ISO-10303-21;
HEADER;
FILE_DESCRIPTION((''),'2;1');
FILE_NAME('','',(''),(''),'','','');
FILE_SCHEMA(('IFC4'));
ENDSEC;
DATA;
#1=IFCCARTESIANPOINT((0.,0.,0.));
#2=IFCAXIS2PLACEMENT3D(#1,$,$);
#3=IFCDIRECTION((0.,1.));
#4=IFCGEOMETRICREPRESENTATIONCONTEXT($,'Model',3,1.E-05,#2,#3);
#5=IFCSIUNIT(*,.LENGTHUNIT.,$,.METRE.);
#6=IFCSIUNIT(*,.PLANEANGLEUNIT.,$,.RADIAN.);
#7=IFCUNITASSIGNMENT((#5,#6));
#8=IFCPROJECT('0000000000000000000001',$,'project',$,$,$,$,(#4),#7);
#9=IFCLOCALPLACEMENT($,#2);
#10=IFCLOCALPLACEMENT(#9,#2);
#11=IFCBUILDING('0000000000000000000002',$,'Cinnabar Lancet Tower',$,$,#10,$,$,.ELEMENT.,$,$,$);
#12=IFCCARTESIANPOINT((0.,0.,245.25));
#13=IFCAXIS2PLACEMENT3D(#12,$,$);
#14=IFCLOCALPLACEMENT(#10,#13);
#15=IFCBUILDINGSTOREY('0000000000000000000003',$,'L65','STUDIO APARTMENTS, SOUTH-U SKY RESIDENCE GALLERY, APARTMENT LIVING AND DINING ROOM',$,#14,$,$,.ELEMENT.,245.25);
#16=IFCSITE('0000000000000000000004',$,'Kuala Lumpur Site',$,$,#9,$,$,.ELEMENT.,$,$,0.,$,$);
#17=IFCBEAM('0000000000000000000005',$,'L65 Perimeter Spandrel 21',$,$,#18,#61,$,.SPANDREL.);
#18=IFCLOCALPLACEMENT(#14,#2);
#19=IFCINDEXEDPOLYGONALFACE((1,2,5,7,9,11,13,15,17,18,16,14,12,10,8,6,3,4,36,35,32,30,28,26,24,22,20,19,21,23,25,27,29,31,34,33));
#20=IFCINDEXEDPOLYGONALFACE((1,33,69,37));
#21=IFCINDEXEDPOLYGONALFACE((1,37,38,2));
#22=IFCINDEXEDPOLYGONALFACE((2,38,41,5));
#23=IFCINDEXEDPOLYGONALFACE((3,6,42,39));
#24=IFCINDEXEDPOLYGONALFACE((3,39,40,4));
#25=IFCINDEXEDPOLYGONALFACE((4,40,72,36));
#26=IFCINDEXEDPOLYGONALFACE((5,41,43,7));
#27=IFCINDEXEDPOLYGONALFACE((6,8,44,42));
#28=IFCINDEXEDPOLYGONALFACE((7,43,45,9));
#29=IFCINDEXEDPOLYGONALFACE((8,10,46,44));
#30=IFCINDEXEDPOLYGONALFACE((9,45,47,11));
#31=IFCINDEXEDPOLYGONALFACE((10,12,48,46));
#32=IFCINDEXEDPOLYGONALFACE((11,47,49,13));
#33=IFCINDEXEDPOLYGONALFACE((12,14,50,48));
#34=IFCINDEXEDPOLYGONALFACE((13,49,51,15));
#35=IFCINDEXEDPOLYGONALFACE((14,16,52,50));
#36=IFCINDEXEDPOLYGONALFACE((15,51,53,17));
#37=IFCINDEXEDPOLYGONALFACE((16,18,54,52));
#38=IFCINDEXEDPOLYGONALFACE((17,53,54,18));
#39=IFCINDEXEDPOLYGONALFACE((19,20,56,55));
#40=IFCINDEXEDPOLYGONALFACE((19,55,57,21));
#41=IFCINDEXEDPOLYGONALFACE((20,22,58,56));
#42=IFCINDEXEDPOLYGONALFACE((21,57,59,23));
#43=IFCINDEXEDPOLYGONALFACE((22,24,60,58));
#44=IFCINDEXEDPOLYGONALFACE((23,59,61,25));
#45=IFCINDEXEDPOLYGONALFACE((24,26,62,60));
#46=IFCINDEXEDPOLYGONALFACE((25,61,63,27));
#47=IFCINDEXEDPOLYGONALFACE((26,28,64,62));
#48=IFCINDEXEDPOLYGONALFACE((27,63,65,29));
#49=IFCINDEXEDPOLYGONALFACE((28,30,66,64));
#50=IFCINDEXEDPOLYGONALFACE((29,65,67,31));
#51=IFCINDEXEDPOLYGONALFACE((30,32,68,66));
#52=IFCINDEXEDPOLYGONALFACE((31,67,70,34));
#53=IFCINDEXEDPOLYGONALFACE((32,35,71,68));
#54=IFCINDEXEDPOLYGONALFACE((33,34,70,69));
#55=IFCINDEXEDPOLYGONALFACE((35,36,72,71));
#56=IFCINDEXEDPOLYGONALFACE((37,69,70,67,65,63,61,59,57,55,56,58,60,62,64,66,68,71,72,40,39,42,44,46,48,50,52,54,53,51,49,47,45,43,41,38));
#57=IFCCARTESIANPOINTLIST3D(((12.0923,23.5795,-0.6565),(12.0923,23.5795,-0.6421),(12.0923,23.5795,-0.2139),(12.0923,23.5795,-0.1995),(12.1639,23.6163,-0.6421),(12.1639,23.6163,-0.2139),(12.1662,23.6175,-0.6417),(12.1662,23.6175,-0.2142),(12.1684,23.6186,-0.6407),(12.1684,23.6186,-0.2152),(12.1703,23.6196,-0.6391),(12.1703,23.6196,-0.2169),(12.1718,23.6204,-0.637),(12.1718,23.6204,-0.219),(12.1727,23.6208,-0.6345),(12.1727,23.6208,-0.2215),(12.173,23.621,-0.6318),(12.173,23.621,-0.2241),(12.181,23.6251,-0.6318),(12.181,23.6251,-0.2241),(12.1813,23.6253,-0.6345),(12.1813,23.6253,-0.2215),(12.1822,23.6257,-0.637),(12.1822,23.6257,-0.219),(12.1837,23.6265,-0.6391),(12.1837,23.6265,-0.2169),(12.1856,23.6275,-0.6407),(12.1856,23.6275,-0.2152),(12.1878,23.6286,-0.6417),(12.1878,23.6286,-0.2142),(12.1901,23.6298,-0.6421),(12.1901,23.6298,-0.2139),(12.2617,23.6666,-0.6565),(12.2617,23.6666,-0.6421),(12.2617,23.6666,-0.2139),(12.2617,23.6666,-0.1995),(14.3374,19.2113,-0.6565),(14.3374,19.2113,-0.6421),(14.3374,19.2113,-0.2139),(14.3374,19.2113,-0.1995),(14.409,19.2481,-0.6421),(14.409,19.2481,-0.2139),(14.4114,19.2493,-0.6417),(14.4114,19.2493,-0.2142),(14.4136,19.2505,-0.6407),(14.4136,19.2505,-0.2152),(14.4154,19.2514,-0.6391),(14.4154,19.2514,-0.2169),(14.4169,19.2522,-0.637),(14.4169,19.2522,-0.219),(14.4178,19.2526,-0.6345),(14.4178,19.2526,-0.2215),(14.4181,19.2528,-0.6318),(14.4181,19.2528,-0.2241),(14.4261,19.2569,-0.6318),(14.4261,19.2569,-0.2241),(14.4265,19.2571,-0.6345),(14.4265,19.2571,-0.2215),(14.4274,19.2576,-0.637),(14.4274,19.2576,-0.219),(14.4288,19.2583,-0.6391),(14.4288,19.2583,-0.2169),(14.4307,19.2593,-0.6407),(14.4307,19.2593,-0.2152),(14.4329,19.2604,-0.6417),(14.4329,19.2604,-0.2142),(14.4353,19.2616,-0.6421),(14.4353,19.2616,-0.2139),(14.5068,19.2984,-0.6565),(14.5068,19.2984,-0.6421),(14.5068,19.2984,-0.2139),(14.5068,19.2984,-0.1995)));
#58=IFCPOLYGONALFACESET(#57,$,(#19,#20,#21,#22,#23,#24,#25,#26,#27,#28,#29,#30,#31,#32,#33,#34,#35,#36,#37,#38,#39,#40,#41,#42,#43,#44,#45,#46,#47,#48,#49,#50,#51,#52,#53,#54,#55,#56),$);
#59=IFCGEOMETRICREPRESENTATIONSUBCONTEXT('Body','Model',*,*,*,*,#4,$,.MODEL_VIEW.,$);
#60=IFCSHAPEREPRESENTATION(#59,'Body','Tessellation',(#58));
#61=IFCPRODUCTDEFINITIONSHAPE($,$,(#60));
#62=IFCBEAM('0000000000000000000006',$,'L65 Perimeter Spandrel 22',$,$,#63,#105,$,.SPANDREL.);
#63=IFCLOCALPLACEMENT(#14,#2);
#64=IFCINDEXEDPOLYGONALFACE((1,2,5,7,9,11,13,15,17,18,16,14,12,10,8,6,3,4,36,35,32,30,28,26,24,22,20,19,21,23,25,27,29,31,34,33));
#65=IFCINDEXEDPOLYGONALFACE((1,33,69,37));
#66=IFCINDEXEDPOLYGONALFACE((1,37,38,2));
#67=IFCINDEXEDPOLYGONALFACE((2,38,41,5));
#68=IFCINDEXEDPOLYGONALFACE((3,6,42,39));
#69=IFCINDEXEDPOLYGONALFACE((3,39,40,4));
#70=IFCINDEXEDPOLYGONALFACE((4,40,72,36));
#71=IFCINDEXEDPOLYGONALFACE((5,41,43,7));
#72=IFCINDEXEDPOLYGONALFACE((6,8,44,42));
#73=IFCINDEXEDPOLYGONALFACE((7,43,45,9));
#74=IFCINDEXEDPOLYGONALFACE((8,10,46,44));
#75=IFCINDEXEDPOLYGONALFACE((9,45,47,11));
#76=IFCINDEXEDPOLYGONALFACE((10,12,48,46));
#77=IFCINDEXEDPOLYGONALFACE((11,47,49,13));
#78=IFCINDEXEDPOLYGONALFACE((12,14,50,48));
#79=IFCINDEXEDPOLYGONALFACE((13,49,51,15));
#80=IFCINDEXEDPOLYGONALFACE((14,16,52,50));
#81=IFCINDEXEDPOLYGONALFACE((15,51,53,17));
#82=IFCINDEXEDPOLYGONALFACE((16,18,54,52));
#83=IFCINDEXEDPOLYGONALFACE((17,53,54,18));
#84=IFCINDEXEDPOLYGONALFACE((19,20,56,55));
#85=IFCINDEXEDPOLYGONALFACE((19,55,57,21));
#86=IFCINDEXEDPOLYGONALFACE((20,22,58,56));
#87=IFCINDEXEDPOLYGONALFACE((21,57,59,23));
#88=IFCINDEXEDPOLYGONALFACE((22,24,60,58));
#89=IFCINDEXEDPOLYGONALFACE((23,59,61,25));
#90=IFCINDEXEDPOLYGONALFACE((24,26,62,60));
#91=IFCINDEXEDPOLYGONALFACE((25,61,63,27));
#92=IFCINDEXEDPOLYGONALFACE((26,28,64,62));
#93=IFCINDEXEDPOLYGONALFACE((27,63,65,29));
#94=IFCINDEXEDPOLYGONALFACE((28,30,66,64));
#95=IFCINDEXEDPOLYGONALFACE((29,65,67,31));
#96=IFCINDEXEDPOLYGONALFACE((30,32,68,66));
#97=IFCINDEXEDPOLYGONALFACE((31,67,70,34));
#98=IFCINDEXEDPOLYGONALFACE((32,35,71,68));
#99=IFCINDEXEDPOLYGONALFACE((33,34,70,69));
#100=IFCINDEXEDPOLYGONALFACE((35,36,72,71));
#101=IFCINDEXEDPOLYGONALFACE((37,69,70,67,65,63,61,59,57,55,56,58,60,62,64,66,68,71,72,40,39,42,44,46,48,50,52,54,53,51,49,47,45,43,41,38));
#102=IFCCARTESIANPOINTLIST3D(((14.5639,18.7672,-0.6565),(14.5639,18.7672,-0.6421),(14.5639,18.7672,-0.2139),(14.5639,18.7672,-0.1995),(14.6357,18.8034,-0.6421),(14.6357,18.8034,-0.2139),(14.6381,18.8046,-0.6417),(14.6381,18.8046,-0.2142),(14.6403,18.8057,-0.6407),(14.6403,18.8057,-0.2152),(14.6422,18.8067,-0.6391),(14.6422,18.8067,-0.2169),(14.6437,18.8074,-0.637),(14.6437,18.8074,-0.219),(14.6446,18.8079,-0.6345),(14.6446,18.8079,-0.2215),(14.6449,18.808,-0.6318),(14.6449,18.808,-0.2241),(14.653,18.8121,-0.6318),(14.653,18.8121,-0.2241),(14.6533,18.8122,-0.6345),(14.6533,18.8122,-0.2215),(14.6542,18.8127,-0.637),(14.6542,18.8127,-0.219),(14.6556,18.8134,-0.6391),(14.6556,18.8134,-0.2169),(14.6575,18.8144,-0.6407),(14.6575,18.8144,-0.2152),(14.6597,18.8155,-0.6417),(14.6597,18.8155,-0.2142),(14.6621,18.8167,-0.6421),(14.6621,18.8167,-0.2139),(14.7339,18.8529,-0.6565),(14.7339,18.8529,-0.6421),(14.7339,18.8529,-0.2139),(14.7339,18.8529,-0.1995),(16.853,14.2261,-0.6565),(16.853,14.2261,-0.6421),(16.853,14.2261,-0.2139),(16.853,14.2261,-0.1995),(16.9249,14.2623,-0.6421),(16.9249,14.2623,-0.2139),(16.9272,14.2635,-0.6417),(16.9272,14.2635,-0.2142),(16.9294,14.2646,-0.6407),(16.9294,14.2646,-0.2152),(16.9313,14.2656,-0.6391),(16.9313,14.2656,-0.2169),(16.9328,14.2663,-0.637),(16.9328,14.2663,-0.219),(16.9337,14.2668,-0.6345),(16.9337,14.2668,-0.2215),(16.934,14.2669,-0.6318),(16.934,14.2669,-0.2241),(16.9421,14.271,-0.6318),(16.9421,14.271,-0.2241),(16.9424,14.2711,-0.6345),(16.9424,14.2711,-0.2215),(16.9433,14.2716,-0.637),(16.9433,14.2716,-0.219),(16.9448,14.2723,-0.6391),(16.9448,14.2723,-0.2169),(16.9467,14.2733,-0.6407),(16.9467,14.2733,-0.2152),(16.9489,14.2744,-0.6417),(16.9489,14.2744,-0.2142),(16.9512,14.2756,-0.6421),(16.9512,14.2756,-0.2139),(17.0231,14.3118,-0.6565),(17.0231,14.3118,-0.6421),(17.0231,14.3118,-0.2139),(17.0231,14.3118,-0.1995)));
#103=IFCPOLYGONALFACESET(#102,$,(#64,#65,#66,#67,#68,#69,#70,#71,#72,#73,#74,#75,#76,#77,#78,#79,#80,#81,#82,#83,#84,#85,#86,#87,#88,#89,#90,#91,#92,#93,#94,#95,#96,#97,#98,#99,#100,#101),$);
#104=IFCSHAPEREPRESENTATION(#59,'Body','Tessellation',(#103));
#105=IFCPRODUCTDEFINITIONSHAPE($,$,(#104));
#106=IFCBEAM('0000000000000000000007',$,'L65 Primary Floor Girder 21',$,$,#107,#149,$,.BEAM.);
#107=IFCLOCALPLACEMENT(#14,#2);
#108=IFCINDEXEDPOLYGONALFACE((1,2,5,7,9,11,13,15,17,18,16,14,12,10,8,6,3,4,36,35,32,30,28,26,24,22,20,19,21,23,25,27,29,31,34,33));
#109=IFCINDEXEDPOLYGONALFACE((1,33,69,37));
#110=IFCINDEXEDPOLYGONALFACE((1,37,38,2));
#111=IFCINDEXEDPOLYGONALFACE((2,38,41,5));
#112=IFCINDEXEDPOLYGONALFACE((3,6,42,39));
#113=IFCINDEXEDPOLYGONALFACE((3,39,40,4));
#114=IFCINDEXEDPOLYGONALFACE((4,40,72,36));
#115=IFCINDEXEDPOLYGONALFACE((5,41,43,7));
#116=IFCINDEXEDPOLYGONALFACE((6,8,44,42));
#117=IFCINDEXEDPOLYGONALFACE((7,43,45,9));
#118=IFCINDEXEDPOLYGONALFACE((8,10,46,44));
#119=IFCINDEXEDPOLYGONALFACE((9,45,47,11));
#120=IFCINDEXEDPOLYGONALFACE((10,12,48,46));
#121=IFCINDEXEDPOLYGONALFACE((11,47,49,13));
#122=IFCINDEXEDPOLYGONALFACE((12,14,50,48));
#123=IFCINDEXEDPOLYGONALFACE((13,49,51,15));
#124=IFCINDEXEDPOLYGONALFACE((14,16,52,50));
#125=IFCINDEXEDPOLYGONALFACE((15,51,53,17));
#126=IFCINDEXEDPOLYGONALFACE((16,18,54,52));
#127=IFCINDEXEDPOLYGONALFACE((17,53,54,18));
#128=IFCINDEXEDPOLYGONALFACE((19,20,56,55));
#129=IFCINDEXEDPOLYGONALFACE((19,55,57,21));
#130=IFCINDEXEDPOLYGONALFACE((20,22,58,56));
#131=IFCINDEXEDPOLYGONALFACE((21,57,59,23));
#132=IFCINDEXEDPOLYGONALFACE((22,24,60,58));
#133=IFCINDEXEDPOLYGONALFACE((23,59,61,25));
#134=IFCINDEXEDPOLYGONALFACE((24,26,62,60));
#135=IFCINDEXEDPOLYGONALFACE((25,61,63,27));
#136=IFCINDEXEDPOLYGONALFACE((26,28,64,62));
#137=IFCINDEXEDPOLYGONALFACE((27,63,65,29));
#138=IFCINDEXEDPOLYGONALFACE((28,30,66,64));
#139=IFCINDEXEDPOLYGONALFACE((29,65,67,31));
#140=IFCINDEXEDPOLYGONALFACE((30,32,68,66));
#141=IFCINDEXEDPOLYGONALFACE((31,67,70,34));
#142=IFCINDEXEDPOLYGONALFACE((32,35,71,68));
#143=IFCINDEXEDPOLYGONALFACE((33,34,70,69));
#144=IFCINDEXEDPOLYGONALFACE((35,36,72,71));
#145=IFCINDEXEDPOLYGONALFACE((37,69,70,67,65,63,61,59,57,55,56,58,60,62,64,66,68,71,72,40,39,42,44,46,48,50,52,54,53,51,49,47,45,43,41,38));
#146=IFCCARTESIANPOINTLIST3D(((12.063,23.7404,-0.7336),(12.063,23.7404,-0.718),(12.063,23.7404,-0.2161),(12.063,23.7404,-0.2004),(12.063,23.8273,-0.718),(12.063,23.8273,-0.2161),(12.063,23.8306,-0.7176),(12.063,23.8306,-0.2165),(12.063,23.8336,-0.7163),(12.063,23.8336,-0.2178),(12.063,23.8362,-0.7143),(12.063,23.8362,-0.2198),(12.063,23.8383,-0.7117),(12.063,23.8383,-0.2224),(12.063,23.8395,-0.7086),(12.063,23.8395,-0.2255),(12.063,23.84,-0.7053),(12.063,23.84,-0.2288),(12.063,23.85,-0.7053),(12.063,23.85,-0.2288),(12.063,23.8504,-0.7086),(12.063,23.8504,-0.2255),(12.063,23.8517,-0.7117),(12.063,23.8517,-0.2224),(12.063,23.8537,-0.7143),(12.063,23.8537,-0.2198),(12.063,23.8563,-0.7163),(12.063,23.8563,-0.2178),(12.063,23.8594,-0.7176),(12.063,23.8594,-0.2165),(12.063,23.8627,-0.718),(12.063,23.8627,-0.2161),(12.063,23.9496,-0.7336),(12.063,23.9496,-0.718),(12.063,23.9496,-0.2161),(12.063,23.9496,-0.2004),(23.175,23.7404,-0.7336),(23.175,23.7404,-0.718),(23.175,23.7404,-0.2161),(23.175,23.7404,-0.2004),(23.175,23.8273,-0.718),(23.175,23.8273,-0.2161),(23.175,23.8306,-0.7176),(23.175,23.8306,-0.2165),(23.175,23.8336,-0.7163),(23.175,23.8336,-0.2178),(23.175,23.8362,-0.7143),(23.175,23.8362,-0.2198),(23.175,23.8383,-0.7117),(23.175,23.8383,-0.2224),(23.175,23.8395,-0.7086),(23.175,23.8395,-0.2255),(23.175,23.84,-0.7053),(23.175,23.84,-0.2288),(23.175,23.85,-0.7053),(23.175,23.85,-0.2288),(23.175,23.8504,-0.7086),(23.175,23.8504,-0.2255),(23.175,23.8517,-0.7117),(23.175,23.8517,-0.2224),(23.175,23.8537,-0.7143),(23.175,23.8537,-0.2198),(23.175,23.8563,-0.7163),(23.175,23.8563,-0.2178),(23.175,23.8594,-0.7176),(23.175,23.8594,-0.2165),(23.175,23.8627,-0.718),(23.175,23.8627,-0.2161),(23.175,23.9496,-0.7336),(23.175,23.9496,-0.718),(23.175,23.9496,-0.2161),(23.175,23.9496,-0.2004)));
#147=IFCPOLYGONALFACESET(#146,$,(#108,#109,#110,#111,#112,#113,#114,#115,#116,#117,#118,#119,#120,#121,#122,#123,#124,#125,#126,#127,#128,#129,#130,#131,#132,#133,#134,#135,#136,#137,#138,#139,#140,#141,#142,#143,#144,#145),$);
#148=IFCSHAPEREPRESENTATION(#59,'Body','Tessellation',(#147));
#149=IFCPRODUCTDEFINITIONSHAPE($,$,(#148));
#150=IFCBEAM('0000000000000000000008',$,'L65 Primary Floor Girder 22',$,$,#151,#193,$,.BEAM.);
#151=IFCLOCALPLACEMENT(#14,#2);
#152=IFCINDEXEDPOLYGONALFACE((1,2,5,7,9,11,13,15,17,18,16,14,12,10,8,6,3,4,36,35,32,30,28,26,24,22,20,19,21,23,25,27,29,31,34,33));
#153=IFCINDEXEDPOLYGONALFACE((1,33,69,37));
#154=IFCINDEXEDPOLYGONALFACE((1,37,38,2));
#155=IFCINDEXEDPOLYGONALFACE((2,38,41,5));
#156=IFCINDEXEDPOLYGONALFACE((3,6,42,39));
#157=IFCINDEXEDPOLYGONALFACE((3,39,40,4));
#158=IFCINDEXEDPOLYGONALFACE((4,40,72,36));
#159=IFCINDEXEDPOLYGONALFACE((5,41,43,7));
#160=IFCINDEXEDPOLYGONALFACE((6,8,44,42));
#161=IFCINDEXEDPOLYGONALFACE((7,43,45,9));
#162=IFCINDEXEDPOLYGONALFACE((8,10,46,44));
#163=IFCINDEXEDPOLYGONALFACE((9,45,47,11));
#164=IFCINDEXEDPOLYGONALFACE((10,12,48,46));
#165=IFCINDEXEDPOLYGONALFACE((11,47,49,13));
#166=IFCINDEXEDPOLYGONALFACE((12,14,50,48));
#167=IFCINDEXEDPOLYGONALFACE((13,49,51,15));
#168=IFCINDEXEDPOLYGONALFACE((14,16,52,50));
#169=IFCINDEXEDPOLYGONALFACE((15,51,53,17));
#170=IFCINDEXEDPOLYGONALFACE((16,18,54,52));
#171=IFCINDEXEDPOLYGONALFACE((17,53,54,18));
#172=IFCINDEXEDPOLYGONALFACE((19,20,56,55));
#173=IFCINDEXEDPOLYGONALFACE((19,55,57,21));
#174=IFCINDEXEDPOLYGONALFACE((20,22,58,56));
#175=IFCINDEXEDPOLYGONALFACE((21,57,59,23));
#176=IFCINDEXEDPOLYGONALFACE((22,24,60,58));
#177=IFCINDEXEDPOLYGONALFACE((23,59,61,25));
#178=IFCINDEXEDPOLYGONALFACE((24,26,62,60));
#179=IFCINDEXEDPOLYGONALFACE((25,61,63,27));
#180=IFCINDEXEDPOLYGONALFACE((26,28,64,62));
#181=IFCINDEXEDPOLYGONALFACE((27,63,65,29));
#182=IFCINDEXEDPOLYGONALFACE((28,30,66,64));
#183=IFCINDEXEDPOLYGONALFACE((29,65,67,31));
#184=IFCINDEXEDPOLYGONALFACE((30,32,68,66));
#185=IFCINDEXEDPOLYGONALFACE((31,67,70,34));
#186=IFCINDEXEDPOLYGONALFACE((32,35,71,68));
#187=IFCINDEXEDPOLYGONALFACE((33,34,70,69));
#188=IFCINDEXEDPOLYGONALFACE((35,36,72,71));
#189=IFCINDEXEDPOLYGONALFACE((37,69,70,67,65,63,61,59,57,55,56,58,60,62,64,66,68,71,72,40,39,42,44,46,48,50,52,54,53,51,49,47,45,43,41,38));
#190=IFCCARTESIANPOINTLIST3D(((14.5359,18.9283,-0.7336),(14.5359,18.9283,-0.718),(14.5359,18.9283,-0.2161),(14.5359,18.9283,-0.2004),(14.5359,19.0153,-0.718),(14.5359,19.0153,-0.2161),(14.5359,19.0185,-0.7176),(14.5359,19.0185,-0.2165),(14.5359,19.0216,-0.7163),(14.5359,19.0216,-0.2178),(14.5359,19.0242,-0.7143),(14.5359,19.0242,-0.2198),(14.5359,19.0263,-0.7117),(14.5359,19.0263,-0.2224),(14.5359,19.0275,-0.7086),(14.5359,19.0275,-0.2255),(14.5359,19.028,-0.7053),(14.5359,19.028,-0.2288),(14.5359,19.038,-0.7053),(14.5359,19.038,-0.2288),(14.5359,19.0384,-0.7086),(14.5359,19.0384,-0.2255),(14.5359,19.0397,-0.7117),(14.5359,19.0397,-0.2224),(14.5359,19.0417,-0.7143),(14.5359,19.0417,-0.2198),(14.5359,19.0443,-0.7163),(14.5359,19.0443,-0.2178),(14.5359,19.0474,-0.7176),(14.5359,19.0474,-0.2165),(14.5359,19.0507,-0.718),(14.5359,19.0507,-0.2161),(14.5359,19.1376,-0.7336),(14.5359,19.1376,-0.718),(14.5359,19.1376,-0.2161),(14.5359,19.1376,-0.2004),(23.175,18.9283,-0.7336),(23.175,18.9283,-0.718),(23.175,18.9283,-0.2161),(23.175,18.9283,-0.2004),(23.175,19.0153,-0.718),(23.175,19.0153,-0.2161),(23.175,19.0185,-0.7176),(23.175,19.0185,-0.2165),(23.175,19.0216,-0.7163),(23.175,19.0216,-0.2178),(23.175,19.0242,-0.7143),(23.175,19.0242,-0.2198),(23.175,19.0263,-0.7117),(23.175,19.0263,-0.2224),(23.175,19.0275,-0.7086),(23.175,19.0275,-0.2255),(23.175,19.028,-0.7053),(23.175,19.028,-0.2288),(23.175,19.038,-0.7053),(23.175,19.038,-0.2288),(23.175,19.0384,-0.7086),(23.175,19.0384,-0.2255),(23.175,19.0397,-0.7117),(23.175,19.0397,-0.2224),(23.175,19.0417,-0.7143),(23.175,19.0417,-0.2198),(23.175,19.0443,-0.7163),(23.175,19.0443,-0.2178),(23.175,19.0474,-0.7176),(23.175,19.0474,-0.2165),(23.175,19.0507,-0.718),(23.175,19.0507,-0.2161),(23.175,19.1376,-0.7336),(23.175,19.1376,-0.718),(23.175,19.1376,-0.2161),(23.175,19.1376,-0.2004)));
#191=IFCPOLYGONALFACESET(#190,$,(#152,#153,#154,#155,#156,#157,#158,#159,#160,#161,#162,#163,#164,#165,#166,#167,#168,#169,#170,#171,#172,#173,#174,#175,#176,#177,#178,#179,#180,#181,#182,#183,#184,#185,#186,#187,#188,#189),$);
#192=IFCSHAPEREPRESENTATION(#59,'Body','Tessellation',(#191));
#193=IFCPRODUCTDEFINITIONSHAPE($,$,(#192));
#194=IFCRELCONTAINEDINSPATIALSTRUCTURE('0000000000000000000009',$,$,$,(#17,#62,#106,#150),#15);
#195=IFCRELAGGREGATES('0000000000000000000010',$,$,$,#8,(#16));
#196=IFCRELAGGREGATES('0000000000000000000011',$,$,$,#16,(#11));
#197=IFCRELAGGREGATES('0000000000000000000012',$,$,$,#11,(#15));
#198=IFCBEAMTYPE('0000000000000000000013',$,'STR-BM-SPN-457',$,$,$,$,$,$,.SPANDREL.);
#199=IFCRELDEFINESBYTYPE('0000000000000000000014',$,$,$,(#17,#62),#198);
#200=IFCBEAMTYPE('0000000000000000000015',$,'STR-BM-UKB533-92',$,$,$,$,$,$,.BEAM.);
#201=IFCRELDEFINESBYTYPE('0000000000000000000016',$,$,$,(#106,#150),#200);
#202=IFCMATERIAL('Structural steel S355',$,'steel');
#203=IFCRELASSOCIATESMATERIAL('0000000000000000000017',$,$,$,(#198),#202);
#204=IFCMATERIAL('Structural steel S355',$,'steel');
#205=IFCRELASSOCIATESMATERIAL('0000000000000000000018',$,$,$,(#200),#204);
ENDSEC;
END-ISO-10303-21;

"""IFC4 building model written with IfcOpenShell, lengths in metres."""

from ifc_helpers import new_model, si_unit, direction, frame, origin, origin_2d, place, context, subcontext, project, spatial, i_section, extrude, material, material_profile, profile_set, type_object, element, save


model = new_model("IFC4")

# Units and contexts
model_context = context("Model", 3, precision=1e-05, world=origin(), true_north=direction((0.0, 1.0)))
body_context = subcontext(model_context, "Body", "Model", "MODEL_VIEW")
ifc_project = project(units=[si_unit("LENGTHUNIT", "METRE"), si_unit("PLANEANGLEUNIT", "RADIAN")], contexts=[model_context])

# Site, building, storey
site_placement = place(None, origin())
site = spatial("IfcSite", under=ifc_project, at=site_placement, Name="Kuala Lumpur Site", CompositionType="ELEMENT", RefElevation=0.0)
building_placement = place(site_placement, origin())
building = spatial("IfcBuilding", under=site, at=building_placement, Name="Cinnabar Lancet Tower", CompositionType="ELEMENT")
storey_placement = place(building_placement, frame((0.0, 0.0, 245.25)))
storey = spatial("IfcBuildingStorey", under=building, at=storey_placement, Name="L65", Description="STUDIO APARTMENTS, SOUTH-U SKY RESIDENCE GALLERY, APARTMENT LIVING AND DINING ROOM", CompositionType="ELEMENT", Elevation=245.25)

# Beams
ifc_material_1 = material(Name="Structural steel S355", Category="steel")
ifc_material_profile_1 = material_profile(ifc_material_1, i_section(OverallWidth=0.1904, OverallDepth=0.457, WebThickness=0.009, FlangeThickness=0.0144, FilletRadius=0.0103, at=origin_2d()), Name="UKB 457x191x74")
ifc_profile_set_1 = profile_set([ifc_material_profile_1], Name="Structural steel S355")
beam_type_1 = type_object("IfcBeamType", Name="STR-BM-SPN-457", PredefinedType="SPANDREL", material=ifc_profile_set_1)
beam_1_placement = place(storey_placement, frame((12.177, 23.623, -0.428), z_axis=(0.457128, -0.889401, 0.0), x_axis=(0.889401, 0.457128, 0.0)))
element("IfcBeam", 1, at=beam_1_placement, inside=storey, type_object=beam_type_1, Name="L65 Perimeter Spandrel 21", PredefinedType="SPANDREL", context=body_context, shape_type="SweptSolid", body=[
    extrude(i_section(OverallWidth=0.1904, OverallDepth=0.457, WebThickness=0.009, FlangeThickness=0.0144, FilletRadius=0.0103, at=origin_2d()), origin(), (0.0, 0.0, 1.0), 4.9114),
])
beam_2_placement = place(storey_placement, frame((14.6489, 18.8101, -0.428), z_axis=(0.45013, -0.892963, 0.0), x_axis=(0.892963, 0.45013, 0.0)))
element("IfcBeam", 2, at=beam_2_placement, inside=storey, type_object=beam_type_1, Name="L65 Perimeter Spandrel 22", PredefinedType="SPANDREL", context=body_context, shape_type="SweptSolid", body=[
    extrude(i_section(OverallWidth=0.1904, OverallDepth=0.457, WebThickness=0.009, FlangeThickness=0.0144, FilletRadius=0.0103, at=origin_2d()), origin(), (0.0, 0.0, 1.0), 5.0854),
])
ifc_material_2 = material(Name="Structural steel S355", Category="steel")
ifc_material_profile_2 = material_profile(ifc_material_2, i_section(OverallWidth=0.2092, OverallDepth=0.5332, WebThickness=0.01, FlangeThickness=0.0156, FilletRadius=0.0127, at=origin_2d()), Name="UKB 533x210x92")
ifc_profile_set_2 = profile_set([ifc_material_profile_2], Name="Structural steel S355")
beam_type_2 = type_object("IfcBeamType", Name="STR-BM-UKB533-92", PredefinedType="BEAM", material=ifc_profile_set_2)
beam_3_placement = place(storey_placement, frame((12.063, 23.845, -0.467), z_axis=(1.0, 0.0, 0.0), x_axis=(0.0, 1.0, 0.0)))
element("IfcBeam", 3, at=beam_3_placement, inside=storey, type_object=beam_type_2, Name="L65 Primary Floor Girder 21", PredefinedType="BEAM", context=body_context, shape_type="SweptSolid", body=[
    extrude(i_section(OverallWidth=0.2092, OverallDepth=0.5332, WebThickness=0.01, FlangeThickness=0.0156, FilletRadius=0.0127, at=origin_2d()), origin(), (0.0, 0.0, 1.0), 11.1121),
])
beam_4_placement = place(storey_placement, frame((14.5359, 19.033, -0.467), z_axis=(1.0, 0.0, 0.0), x_axis=(0.0, 1.0, 0.0)))
element("IfcBeam", 4, at=beam_4_placement, inside=storey, type_object=beam_type_2, Name="L65 Primary Floor Girder 22", PredefinedType="BEAM", context=body_context, shape_type="SweptSolid", body=[
    extrude(i_section(OverallWidth=0.2092, OverallDepth=0.5332, WebThickness=0.01, FlangeThickness=0.0156, FilletRadius=0.0127, at=origin_2d()), origin(), (0.0, 0.0, 1.0), 8.6392),
])

save(model, "model.ifc")
